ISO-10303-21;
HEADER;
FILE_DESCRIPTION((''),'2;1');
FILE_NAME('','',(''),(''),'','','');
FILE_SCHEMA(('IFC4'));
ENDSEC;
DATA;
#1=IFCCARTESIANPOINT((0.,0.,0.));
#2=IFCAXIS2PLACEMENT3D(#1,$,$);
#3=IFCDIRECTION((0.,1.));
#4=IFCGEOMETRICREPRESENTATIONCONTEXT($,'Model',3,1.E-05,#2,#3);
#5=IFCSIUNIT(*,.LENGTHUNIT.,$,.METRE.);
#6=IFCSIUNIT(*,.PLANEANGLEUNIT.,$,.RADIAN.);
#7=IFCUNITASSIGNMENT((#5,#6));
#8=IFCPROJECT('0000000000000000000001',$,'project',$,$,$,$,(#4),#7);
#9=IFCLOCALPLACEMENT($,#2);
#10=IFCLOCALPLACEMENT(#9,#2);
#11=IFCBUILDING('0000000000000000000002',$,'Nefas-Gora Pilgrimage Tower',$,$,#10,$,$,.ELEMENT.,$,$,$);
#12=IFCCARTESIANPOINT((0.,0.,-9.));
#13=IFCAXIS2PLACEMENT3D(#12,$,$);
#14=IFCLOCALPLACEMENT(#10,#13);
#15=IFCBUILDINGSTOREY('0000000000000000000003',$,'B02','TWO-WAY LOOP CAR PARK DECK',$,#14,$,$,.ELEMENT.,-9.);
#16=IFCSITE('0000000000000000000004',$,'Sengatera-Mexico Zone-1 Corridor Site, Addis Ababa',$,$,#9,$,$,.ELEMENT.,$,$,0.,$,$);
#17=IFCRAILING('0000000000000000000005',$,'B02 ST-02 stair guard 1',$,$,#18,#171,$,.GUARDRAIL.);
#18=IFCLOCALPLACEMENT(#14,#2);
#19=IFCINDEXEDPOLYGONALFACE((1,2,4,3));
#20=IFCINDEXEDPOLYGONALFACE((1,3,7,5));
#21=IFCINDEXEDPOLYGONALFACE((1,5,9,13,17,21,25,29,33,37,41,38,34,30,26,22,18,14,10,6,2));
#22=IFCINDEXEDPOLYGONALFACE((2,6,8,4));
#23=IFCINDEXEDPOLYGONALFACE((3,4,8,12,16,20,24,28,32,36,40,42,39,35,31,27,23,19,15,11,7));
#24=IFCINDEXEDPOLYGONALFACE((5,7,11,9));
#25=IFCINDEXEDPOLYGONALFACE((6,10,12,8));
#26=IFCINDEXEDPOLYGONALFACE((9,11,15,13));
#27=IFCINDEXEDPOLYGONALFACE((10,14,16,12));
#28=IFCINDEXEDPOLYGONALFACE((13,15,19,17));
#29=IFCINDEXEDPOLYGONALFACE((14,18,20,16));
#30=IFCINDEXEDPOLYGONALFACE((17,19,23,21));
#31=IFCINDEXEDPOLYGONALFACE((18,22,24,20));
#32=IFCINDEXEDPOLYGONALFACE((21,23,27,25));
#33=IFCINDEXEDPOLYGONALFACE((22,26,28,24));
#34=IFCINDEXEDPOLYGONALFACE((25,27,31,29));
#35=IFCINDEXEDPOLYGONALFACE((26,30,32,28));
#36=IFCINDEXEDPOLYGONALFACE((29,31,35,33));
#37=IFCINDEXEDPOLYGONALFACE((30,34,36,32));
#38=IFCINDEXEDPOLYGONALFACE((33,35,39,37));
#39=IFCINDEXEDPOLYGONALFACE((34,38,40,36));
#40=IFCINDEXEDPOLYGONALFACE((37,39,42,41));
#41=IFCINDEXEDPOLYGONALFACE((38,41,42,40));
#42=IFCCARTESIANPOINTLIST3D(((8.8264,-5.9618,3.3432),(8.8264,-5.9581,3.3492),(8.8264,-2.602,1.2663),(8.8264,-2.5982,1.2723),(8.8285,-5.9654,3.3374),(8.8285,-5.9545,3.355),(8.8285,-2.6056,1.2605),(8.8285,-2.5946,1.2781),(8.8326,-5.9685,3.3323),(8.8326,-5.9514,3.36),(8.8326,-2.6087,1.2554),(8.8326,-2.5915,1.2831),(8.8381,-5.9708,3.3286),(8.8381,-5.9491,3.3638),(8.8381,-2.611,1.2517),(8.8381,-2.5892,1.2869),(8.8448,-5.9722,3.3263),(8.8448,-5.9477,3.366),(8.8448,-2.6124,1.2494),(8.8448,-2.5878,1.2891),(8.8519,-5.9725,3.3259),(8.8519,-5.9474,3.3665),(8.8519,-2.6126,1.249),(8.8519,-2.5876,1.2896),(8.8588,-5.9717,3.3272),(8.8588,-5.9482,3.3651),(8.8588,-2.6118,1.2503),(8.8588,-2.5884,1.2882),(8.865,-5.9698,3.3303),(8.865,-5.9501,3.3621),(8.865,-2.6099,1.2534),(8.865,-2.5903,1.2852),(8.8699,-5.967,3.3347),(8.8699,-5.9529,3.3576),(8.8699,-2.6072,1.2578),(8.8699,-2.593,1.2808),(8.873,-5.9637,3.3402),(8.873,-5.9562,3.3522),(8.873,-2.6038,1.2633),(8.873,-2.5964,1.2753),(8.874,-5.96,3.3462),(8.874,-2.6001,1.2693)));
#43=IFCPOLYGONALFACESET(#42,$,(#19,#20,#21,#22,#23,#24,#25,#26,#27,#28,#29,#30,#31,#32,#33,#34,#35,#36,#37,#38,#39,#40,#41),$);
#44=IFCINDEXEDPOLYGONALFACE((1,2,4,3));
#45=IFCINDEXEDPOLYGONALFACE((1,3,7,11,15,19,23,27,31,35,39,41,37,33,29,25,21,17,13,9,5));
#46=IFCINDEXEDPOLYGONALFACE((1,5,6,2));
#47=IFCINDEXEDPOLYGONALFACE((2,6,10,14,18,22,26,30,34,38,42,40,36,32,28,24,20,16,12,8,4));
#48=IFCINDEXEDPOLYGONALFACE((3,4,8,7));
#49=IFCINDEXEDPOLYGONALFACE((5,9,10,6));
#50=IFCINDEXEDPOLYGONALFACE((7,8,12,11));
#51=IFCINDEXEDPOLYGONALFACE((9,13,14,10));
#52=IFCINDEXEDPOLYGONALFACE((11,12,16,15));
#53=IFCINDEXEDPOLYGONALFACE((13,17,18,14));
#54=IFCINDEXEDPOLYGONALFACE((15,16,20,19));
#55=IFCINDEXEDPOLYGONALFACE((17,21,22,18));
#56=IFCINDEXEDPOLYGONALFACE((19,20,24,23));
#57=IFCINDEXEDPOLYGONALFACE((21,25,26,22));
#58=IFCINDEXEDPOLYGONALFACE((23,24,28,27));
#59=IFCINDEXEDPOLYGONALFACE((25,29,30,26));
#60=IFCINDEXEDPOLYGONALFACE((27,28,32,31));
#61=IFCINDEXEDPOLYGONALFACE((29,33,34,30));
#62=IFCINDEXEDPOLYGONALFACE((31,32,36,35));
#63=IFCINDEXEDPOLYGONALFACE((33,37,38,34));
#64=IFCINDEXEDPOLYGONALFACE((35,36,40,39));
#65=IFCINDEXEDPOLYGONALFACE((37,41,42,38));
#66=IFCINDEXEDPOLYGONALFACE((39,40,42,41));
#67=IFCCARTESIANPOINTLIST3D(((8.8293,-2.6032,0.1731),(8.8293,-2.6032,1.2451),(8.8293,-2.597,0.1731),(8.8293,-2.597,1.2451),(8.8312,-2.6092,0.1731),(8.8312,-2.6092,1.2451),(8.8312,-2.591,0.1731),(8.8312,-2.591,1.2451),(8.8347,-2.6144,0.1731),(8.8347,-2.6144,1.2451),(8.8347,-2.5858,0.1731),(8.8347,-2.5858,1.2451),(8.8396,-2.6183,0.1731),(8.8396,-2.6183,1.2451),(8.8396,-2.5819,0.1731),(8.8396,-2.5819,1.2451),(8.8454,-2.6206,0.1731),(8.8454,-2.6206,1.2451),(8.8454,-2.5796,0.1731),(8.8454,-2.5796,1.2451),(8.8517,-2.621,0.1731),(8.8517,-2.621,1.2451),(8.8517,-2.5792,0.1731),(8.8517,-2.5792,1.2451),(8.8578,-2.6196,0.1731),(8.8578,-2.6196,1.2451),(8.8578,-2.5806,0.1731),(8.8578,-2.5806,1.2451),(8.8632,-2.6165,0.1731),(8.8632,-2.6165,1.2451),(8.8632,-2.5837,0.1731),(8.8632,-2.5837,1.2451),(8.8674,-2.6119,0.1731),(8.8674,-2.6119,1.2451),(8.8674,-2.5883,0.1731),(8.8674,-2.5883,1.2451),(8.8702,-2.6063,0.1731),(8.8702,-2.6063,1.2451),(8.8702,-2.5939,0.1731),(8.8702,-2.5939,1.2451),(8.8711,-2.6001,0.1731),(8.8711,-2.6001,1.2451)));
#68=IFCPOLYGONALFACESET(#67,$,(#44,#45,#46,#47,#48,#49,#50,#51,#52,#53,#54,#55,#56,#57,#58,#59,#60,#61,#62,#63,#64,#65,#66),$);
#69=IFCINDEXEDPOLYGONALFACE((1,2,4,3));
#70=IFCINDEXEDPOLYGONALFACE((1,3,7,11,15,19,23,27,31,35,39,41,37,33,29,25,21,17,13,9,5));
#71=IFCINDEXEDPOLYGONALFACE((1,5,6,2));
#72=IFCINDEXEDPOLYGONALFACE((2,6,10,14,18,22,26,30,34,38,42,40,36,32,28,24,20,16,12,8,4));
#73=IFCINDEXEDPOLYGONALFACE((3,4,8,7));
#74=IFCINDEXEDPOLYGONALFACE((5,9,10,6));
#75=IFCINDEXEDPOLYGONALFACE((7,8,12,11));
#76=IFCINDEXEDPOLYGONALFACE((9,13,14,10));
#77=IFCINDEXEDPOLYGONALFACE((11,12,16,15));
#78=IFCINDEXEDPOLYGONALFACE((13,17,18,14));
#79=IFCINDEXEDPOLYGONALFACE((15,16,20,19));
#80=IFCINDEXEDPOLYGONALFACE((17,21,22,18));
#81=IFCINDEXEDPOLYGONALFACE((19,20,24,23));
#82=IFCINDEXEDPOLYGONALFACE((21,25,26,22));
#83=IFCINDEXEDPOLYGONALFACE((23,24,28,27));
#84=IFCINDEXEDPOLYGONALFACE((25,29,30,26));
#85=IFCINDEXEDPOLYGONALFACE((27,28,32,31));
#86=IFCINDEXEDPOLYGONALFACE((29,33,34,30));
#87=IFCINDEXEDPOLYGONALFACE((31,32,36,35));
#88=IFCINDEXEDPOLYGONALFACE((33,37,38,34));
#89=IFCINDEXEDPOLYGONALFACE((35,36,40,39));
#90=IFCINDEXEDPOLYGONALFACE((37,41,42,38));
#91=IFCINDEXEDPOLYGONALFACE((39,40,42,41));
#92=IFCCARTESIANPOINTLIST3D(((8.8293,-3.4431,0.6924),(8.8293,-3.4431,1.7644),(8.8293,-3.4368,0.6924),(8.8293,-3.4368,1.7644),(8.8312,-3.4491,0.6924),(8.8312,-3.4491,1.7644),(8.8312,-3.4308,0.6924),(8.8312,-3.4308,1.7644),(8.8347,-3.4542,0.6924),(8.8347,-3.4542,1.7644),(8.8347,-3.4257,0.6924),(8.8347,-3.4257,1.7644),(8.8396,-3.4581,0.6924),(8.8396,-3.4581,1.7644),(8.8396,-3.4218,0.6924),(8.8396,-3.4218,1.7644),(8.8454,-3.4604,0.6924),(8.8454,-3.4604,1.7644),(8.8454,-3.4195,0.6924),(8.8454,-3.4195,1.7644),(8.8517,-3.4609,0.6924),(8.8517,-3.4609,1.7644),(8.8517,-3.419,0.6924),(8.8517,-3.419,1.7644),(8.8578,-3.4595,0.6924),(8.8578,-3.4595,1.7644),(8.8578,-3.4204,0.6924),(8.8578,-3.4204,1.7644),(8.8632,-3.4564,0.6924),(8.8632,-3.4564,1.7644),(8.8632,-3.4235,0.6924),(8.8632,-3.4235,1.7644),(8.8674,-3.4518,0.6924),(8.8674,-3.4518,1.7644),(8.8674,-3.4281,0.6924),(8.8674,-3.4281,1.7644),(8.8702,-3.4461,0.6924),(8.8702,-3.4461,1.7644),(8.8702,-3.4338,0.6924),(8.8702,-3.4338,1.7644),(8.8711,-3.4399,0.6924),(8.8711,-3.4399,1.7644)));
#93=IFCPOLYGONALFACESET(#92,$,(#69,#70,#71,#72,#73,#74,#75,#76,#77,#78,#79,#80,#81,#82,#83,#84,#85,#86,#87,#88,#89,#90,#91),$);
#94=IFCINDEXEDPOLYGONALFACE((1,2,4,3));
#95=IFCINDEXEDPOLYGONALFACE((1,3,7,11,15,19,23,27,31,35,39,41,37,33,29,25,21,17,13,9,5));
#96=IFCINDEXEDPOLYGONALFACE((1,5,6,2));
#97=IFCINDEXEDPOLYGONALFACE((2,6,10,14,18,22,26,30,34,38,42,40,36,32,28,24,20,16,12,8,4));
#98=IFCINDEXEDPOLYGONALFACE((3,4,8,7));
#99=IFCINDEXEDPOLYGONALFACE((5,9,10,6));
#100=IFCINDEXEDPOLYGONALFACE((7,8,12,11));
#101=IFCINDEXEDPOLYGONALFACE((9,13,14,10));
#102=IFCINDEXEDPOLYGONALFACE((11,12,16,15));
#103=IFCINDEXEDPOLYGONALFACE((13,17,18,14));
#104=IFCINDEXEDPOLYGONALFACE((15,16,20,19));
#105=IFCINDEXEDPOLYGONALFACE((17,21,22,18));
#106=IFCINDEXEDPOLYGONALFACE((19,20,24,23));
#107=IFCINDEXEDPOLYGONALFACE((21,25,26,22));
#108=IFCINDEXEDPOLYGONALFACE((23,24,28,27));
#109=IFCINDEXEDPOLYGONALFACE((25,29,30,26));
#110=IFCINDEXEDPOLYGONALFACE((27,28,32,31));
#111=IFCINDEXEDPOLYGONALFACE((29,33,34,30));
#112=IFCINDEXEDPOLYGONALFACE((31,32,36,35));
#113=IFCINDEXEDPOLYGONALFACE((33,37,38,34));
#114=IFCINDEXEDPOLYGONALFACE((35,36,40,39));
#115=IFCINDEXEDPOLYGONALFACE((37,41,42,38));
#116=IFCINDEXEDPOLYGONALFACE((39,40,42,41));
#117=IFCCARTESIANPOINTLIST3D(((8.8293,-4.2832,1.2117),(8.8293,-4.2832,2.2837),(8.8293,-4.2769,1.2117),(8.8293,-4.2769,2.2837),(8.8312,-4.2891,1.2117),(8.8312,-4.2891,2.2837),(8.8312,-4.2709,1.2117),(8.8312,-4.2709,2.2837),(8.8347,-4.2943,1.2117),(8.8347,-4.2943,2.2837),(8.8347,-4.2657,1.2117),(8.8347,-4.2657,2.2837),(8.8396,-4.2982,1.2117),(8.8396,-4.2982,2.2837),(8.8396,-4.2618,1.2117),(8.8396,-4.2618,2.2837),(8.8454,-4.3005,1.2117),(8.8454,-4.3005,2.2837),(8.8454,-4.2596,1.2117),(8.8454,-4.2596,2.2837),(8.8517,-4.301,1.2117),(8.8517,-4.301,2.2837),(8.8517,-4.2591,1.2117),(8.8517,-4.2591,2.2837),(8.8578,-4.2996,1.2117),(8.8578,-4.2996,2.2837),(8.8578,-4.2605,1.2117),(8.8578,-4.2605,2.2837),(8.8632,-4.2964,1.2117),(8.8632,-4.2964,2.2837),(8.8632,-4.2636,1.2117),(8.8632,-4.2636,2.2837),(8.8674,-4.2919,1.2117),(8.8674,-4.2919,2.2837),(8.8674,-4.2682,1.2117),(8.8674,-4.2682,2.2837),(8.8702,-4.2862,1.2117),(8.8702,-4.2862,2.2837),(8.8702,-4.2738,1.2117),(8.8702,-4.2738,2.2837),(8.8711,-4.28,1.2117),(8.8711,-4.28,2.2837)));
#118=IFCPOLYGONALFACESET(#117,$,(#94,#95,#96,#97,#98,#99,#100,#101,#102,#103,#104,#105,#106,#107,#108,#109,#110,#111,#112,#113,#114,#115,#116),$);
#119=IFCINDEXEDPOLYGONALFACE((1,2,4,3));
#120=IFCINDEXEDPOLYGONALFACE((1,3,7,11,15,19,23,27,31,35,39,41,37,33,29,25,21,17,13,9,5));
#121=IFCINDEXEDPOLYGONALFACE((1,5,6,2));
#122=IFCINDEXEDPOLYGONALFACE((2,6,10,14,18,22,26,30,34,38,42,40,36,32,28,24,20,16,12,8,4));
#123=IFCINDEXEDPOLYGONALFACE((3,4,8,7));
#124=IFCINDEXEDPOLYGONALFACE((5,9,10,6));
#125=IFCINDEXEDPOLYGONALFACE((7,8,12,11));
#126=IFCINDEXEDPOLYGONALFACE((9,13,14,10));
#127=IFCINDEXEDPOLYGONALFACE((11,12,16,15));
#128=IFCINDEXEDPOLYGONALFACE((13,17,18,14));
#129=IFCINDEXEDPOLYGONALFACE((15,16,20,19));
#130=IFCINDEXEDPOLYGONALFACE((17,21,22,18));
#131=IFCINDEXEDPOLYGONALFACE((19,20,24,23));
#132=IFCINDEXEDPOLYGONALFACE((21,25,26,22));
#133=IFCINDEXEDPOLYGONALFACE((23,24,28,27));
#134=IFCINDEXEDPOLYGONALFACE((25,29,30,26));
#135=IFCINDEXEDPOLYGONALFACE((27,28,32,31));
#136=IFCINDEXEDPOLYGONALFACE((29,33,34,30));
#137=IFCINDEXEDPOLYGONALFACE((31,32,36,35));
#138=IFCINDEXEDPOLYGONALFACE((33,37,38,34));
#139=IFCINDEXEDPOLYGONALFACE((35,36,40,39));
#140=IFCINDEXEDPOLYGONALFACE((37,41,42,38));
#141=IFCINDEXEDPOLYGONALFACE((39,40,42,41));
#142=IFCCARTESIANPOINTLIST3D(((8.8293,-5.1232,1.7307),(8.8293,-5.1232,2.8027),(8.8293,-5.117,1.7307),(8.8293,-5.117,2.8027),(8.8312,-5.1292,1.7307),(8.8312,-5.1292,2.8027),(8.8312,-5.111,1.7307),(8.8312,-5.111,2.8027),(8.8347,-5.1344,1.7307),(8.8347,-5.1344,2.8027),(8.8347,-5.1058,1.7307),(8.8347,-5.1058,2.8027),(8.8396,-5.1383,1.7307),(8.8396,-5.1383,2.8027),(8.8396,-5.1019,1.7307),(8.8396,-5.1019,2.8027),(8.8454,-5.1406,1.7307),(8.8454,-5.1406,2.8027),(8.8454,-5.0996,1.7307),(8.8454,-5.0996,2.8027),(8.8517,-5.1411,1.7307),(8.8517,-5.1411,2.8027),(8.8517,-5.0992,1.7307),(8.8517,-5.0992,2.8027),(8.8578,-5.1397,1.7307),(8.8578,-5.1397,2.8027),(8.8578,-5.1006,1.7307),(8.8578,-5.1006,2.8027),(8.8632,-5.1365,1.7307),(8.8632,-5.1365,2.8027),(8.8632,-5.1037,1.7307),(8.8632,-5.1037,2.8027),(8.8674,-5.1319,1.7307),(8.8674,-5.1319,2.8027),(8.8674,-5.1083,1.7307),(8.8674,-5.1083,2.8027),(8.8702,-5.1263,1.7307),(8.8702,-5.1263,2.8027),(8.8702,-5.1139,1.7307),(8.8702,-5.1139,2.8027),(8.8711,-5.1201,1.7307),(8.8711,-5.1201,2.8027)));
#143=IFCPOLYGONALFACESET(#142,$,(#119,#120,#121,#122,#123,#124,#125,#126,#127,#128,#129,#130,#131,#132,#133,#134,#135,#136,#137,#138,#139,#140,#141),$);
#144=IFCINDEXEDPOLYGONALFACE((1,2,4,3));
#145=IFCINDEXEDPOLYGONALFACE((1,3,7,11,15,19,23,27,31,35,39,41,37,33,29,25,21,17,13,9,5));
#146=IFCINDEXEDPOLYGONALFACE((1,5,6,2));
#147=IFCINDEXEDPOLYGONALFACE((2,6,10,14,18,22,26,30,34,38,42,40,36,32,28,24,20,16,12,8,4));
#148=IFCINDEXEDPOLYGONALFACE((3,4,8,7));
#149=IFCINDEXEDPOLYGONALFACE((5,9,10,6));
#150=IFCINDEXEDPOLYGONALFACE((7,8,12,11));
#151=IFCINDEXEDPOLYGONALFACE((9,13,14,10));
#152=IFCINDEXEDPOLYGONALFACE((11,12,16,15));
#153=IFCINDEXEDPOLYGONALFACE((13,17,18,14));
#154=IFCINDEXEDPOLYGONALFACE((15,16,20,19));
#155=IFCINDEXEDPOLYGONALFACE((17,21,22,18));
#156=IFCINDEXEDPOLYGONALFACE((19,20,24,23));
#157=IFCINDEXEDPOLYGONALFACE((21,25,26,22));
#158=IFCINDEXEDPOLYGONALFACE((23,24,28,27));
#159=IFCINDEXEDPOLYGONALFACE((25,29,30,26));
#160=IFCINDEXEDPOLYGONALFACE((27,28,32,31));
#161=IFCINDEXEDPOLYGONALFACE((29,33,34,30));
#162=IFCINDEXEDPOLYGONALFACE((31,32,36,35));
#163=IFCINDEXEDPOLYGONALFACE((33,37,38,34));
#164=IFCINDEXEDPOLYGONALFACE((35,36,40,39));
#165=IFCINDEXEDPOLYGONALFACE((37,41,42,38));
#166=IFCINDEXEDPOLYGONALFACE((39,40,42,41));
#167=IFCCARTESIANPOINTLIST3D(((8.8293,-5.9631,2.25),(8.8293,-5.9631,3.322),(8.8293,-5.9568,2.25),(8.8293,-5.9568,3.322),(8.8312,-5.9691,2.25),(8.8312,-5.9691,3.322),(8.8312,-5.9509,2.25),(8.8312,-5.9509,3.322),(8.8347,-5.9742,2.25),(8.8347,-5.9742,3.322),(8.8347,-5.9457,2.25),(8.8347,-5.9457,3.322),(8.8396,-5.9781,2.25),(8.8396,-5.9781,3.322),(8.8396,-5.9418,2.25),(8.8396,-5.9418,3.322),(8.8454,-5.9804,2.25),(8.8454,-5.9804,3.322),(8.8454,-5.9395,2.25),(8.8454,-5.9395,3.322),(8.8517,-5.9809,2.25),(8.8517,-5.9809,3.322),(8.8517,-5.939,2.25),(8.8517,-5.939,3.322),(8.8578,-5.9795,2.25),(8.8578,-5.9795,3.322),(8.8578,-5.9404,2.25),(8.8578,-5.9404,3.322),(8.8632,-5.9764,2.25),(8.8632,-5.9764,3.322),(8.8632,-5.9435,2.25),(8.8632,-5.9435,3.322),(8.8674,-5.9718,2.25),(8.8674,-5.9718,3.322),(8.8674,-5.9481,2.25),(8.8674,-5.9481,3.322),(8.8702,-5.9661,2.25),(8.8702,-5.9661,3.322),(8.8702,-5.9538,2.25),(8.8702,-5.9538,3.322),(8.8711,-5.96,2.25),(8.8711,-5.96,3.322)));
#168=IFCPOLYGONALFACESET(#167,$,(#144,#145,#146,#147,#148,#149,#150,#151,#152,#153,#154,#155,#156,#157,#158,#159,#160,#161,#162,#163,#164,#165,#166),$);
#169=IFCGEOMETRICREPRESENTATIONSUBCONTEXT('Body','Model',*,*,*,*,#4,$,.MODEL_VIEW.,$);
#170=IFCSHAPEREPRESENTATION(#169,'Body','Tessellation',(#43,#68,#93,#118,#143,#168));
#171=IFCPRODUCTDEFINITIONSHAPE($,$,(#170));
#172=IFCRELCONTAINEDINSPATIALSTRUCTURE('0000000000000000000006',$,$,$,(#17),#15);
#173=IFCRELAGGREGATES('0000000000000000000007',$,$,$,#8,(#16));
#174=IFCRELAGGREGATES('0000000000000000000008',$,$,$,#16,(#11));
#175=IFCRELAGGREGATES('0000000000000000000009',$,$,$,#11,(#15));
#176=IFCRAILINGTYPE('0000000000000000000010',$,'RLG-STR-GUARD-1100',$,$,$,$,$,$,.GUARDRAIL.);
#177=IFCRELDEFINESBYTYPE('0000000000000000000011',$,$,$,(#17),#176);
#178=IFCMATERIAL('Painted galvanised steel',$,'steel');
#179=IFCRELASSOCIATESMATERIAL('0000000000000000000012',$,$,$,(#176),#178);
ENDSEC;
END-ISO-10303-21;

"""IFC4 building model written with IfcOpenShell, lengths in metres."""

from ifc_helpers import new_model, si_unit, direction, frame, origin, origin_2d, place, context, subcontext, project, spatial, circle, extrude, material, type_object, element, save


model = new_model("IFC4")

# Units and contexts
model_context = context("Model", 3, precision=1e-05, world=origin(), true_north=direction((0.0, 1.0)))
body_context = subcontext(model_context, "Body", "Model", "MODEL_VIEW")
ifc_project = project(units=[si_unit("LENGTHUNIT", "METRE"), si_unit("PLANEANGLEUNIT", "RADIAN")], contexts=[model_context])

# Site, building, storey
site_placement = place(None, origin())
site = spatial("IfcSite", under=ifc_project, at=site_placement, Name="Sengatera-Mexico Zone-1 Corridor Site, Addis Ababa", CompositionType="ELEMENT", RefElevation=0.0)
building_placement = place(site_placement, origin())
building = spatial("IfcBuilding", under=site, at=building_placement, Name="Nefas-Gora Pilgrimage Tower", CompositionType="ELEMENT")
storey_placement = place(building_placement, frame((0.0, 0.0, -9.0)))
storey = spatial("IfcBuildingStorey", under=building, at=storey_placement, Name="B02", Description="TWO-WAY LOOP CAR PARK DECK", CompositionType="ELEMENT", Elevation=-9.0)

# Railing
ifc_material_1 = material(Name="Painted galvanised steel", Category="steel")
railing_type_1 = type_object("IfcRailingType", Name="RLG-STR-GUARD-1100", PredefinedType="GUARDRAIL", material=ifc_material_1)
railing_1_placement = place(storey_placement, frame((8.8501, -2.6001, 0.1731)))
element("IfcRailing", 1, at=railing_1_placement, inside=storey, type_object=railing_type_1, Name="B02 ST-02 stair guard 1", PredefinedType="GUARDRAIL", context=body_context, shape_type="SweptSolid", body=[
    extrude(circle(Radius=0.0239, at=origin_2d()), frame((0.0, 0.0, 1.0962), z_axis=(0.0, -0.850606, 0.525803), x_axis=(1.0, 0.0, 0.0)), (0.0, 0.0, 1.0), 3.95),
    extrude(circle(Radius=0.021, at=origin_2d()), origin(), (0.0, 0.0, 1.0), 1.072),
    extrude(circle(Radius=0.021, at=origin_2d()), frame((0.0, -0.8398, 0.5193)), (0.0, 0.0, 1.0), 1.072),
    extrude(circle(Radius=0.021, at=origin_2d()), frame((0.0, -1.6799, 1.0386)), (0.0, 0.0, 1.0), 1.072),
    extrude(circle(Radius=0.021, at=origin_2d()), frame((0.0, -2.52, 1.5576)), (0.0, 0.0, 1.0), 1.072),
    extrude(circle(Radius=0.021, at=origin_2d()), frame((0.0, -3.3599, 2.0769)), (0.0, 0.0, 1.0), 1.072),
])

save(model, "model.ifc")
